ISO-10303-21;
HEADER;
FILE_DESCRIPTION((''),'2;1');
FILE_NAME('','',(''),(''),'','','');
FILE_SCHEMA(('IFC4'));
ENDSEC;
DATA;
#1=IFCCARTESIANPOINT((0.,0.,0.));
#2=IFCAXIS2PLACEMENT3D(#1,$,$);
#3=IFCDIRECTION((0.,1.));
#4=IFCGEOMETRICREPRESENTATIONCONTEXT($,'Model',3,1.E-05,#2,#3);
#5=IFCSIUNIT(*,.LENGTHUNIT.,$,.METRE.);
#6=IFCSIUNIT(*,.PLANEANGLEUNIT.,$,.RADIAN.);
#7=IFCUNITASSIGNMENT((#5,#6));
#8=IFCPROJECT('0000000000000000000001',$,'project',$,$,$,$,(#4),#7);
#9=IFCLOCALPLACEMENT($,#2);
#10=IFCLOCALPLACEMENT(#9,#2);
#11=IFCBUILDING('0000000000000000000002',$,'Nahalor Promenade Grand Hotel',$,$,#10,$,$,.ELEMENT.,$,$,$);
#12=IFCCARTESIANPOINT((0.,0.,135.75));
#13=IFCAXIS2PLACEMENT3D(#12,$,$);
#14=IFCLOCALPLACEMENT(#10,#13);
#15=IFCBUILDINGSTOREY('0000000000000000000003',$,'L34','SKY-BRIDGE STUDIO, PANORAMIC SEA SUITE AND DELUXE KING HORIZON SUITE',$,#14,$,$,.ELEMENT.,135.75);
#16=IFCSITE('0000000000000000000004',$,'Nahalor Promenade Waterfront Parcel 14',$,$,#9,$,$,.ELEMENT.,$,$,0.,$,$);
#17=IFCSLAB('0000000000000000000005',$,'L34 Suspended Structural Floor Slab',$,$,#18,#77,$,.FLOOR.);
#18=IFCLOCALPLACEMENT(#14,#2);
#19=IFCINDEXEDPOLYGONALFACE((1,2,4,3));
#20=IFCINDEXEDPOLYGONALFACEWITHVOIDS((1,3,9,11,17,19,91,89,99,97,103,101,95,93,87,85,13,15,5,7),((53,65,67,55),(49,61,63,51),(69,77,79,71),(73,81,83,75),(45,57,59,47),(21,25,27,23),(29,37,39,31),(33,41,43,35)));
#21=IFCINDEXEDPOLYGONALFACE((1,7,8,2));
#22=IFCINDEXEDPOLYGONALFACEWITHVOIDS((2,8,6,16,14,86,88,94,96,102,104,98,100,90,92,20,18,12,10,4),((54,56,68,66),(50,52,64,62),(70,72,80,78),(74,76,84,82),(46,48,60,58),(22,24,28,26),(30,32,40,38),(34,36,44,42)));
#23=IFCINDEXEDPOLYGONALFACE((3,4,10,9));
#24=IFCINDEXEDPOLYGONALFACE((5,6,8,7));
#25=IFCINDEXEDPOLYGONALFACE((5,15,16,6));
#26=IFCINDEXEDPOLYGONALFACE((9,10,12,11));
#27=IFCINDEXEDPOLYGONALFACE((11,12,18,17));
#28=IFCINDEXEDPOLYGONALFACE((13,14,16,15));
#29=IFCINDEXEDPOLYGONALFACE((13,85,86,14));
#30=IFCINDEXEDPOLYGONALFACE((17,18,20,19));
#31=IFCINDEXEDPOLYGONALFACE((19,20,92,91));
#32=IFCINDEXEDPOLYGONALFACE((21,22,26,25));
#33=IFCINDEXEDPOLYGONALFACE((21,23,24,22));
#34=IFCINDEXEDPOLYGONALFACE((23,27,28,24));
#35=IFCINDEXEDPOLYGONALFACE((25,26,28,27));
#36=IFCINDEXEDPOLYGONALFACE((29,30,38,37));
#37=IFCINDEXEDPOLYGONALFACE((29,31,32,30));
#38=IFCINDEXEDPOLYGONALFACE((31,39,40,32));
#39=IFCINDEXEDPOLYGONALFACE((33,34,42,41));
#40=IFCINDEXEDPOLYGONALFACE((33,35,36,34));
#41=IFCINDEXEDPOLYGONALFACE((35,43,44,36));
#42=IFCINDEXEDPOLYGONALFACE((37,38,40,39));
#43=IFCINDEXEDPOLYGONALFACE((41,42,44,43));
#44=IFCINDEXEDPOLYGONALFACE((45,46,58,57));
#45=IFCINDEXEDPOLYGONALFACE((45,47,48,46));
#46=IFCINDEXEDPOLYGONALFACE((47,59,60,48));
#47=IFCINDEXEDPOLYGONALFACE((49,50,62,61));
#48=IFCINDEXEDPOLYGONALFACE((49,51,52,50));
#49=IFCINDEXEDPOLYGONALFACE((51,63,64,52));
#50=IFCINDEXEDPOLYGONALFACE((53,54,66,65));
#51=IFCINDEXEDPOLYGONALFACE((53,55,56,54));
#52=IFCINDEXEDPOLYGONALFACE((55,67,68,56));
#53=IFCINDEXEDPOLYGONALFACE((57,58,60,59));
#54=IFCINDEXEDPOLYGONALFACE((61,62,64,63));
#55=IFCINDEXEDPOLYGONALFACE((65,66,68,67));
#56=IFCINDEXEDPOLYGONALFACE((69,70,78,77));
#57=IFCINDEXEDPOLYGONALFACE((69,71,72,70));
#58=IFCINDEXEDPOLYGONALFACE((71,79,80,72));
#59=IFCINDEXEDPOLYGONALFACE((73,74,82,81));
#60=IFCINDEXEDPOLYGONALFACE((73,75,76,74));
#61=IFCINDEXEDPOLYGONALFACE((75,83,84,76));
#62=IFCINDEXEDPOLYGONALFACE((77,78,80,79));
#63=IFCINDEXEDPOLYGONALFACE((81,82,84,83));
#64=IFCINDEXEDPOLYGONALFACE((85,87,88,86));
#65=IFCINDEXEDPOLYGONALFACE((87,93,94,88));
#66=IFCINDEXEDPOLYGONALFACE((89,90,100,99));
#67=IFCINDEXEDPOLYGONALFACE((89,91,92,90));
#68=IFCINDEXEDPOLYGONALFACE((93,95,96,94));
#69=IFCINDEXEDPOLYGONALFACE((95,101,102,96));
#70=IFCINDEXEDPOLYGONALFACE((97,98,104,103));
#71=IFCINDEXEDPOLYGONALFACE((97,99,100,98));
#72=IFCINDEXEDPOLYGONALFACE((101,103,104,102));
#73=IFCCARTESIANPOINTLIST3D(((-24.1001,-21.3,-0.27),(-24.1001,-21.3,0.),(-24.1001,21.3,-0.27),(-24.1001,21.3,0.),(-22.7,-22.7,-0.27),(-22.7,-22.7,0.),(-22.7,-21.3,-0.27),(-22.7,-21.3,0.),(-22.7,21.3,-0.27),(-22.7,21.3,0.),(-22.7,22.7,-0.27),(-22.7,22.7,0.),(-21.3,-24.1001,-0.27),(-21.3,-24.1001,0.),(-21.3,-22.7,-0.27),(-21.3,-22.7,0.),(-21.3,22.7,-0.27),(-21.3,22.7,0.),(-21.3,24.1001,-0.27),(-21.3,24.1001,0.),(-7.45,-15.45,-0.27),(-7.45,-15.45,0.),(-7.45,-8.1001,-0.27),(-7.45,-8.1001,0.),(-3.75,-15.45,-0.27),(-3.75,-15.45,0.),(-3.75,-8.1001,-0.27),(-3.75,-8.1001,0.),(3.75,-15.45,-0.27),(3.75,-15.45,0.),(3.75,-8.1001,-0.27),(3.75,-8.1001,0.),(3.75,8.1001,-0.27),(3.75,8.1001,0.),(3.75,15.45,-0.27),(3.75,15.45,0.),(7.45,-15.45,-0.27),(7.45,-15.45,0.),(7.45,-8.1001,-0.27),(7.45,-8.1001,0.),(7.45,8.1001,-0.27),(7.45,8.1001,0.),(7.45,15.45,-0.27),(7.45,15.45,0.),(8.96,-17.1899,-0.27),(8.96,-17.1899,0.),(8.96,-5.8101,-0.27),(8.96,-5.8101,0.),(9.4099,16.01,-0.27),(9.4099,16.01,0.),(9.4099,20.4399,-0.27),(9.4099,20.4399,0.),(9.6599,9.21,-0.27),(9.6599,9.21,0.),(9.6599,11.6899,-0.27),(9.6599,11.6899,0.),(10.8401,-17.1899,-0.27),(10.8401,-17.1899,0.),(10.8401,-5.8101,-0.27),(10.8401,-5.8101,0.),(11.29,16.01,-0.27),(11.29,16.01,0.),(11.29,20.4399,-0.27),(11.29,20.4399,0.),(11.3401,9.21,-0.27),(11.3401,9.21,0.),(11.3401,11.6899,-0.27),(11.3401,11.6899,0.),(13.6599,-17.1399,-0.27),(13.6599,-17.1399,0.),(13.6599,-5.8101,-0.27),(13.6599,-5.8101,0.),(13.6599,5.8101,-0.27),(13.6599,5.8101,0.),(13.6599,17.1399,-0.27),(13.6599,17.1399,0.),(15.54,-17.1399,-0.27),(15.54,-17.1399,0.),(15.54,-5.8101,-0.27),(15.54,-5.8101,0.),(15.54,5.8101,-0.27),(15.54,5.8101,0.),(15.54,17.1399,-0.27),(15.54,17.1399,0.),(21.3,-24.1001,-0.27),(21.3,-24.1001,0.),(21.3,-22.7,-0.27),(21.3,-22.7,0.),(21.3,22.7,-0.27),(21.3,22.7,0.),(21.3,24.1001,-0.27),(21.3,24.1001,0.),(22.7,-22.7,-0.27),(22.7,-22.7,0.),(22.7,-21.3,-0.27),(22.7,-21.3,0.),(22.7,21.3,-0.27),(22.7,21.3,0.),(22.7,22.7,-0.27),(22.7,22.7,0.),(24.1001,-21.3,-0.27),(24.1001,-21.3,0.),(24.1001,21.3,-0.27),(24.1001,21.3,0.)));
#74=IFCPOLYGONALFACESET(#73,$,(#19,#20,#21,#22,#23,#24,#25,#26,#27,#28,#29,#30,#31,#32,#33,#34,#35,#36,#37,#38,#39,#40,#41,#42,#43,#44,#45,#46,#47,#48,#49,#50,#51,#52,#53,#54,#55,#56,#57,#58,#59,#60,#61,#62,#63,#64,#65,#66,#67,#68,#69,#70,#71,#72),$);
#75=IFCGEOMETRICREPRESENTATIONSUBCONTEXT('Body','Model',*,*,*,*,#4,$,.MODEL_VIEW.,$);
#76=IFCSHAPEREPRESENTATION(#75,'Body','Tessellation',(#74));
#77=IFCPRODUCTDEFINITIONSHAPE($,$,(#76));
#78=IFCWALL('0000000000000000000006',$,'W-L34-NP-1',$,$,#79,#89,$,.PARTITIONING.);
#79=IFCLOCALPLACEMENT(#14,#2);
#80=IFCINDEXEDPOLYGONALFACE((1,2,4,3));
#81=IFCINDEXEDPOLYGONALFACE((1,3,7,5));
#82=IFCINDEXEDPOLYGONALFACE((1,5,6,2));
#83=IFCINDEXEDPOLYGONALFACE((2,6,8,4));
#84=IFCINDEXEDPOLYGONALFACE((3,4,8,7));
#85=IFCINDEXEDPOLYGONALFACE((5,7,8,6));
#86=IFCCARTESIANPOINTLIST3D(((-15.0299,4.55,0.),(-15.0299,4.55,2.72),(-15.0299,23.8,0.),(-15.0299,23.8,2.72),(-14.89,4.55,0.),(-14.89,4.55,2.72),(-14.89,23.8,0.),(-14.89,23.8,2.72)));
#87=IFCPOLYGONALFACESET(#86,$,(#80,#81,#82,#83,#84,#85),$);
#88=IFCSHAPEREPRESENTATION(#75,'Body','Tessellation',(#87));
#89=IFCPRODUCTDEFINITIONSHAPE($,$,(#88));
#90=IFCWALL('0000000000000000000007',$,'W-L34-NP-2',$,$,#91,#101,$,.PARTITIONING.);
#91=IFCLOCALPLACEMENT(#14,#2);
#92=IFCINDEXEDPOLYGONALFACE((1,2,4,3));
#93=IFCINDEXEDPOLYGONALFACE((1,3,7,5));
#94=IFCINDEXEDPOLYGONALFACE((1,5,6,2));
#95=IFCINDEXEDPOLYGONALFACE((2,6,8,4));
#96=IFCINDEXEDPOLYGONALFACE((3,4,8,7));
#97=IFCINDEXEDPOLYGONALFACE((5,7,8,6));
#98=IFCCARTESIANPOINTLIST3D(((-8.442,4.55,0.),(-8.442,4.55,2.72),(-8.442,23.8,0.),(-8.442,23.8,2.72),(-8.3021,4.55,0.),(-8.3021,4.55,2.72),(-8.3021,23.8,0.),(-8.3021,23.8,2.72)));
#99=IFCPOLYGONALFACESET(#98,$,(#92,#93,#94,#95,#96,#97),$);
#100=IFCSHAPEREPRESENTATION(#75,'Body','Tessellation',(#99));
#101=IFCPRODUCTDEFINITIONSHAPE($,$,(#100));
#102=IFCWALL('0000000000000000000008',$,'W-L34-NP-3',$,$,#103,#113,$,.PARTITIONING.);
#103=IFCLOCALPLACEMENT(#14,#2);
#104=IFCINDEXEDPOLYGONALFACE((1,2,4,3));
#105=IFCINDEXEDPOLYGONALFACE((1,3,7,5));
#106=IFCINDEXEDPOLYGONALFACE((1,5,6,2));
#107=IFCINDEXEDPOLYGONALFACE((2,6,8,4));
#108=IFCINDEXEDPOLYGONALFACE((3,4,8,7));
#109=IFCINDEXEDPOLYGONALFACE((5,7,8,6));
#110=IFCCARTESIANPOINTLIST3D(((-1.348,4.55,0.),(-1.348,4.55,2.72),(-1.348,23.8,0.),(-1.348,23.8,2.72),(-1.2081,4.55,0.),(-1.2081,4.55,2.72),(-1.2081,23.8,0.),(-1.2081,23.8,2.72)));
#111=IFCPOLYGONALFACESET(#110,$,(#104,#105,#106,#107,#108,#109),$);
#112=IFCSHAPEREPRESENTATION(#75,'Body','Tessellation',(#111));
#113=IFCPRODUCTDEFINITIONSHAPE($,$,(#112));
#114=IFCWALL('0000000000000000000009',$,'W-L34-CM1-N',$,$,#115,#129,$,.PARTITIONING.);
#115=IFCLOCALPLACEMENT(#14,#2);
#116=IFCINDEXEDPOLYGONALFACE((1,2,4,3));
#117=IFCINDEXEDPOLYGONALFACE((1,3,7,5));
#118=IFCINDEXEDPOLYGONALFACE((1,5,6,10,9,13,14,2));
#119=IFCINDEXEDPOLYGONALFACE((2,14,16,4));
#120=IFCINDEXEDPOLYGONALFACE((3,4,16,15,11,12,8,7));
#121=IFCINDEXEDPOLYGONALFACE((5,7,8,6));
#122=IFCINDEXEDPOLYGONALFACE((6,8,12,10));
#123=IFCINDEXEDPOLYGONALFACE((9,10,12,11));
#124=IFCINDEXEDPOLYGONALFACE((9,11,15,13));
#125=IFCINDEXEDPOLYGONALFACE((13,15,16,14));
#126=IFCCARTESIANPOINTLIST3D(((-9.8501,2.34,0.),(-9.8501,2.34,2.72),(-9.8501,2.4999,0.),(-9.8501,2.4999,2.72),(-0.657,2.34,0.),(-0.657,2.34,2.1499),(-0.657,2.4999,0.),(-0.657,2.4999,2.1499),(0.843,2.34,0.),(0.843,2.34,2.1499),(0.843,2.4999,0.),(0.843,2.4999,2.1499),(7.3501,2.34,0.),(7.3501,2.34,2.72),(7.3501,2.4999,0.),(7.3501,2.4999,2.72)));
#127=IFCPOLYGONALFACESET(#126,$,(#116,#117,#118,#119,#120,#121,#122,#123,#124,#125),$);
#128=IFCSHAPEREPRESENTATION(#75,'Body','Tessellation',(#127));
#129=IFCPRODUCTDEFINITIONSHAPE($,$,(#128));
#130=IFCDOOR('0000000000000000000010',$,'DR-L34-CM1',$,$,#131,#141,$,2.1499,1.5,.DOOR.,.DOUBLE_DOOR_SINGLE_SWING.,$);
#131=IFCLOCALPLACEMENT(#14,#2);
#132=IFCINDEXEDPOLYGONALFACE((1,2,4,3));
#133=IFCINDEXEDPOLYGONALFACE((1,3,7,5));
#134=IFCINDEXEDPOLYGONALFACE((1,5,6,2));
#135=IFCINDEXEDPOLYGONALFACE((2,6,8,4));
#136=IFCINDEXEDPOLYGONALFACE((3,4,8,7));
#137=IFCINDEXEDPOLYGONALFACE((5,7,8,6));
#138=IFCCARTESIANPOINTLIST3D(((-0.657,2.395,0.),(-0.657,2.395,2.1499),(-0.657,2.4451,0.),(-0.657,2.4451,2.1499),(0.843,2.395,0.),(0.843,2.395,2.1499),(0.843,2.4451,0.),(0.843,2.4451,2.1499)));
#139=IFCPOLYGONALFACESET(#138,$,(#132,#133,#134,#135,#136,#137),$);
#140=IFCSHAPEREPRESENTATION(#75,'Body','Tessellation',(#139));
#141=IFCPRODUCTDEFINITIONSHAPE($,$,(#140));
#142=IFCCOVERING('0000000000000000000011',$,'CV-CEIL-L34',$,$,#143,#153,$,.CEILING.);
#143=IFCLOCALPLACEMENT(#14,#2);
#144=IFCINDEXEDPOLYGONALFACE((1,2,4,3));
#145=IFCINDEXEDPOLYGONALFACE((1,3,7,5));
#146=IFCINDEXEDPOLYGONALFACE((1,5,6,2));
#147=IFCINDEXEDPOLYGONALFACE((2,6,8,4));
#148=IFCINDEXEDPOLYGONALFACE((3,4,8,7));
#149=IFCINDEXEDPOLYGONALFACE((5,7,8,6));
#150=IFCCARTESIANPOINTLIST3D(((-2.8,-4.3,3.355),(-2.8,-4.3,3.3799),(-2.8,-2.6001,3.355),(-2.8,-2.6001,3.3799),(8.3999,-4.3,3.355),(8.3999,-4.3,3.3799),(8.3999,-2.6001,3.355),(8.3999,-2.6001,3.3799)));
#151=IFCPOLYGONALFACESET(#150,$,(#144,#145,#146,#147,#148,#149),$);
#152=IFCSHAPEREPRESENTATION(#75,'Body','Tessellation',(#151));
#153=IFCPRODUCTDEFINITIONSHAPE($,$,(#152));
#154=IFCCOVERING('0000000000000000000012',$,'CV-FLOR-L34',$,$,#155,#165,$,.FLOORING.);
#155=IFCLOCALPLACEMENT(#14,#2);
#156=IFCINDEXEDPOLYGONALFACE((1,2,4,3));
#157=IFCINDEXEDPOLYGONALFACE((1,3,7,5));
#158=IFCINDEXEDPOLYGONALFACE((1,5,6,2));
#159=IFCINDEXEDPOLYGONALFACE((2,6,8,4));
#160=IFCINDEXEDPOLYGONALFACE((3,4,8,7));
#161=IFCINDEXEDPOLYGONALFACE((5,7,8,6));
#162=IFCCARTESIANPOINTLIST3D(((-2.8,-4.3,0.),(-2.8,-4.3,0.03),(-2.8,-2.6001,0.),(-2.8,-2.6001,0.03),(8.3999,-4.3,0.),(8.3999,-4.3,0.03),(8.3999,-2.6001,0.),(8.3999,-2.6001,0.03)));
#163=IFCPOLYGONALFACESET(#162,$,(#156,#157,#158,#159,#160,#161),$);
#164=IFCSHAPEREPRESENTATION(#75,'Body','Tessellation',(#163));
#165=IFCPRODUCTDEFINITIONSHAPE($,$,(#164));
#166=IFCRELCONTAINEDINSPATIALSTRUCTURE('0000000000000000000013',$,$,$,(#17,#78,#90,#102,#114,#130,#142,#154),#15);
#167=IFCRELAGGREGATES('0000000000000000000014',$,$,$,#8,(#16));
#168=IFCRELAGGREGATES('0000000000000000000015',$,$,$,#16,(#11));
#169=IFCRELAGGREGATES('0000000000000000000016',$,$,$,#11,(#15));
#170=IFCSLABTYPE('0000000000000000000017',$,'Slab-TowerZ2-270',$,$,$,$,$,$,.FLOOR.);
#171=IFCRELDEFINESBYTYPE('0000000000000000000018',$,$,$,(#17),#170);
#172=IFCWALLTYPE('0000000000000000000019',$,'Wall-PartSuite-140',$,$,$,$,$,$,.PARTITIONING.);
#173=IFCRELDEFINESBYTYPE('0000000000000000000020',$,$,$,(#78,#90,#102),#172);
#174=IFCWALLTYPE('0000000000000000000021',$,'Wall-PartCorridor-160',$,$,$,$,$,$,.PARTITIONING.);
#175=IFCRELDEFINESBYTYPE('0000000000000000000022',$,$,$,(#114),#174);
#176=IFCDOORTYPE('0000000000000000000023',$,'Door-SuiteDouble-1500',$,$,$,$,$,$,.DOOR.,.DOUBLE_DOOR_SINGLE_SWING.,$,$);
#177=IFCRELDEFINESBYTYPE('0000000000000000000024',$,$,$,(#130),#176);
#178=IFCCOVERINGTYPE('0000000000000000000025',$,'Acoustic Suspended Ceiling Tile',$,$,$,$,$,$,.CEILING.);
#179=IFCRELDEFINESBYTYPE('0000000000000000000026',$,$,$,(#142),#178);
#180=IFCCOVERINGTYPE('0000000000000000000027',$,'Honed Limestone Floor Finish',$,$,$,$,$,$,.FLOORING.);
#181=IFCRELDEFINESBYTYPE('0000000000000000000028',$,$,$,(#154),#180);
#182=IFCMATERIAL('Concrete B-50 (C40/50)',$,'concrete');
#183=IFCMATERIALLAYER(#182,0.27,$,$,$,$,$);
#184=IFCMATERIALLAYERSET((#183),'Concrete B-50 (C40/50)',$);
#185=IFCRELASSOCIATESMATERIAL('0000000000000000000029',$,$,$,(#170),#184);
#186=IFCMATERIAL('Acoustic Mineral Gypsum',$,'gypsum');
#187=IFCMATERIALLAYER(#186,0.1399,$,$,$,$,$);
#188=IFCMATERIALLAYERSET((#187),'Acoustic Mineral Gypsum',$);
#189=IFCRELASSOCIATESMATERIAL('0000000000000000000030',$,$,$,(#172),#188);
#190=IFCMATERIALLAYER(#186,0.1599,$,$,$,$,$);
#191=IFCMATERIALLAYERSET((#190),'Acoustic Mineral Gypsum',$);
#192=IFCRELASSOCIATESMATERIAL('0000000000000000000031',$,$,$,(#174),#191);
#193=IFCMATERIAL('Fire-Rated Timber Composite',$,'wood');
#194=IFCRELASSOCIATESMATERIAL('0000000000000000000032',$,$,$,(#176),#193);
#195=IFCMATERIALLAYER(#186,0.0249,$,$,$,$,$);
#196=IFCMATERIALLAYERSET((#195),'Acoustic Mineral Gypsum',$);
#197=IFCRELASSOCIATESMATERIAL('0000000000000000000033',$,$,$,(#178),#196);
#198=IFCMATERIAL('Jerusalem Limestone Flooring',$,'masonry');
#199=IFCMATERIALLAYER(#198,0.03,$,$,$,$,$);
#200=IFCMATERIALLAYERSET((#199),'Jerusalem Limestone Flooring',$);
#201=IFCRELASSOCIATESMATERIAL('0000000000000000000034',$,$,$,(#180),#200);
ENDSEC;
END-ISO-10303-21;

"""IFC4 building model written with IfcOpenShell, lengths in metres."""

from ifc_helpers import new_model, si_unit, direction, frame, frame_2d, origin, place, context, subcontext, project, spatial, polyline, rectangle, outline, extrude, source, transform, mapped, material, layer, layer_set, type_object, element, fill, save


model = new_model("IFC4")

# Units and contexts
model_context = context("Model", 3, precision=1e-05, world=origin(), true_north=direction((0.0, 1.0)))
body_context = subcontext(model_context, "Body", "Model", "MODEL_VIEW")
ifc_project = project(units=[si_unit("LENGTHUNIT", "METRE"), si_unit("PLANEANGLEUNIT", "RADIAN")], contexts=[model_context])

# Site, building, storey
site_placement = place(None, origin())
site = spatial("IfcSite", under=ifc_project, at=site_placement, Name="Nahalor Promenade Waterfront Parcel 14", CompositionType="ELEMENT", RefElevation=0.0)
building_placement = place(site_placement, origin())
building = spatial("IfcBuilding", under=site, at=building_placement, Name="Nahalor Promenade Grand Hotel", CompositionType="ELEMENT")
storey_placement = place(building_placement, frame((0.0, 0.0, 135.75)))
storey = spatial("IfcBuildingStorey", under=building, at=storey_placement, Name="L34", Description="SKY-BRIDGE STUDIO, PANORAMIC SEA SUITE AND DELUXE KING HORIZON SUITE", CompositionType="ELEMENT", Elevation=135.75)

# Shared definitions
ifc_material_1 = material(Name="Concrete B-50 (C40/50)", Category="concrete")

# Slab
ifc_layer_1 = layer(ifc_material_1, 0.27)
ifc_layer_set_1 = layer_set([ifc_layer_1], Name="Concrete B-50 (C40/50)")
slab_type_1 = type_object("IfcSlabType", Name="Slab-TowerZ2-270", PredefinedType="FLOOR", material=ifc_layer_set_1)
slab_1_placement = place(storey_placement, frame((0.0, 0.0, -0.27)))
element("IfcSlab", 1, at=slab_1_placement, inside=storey, type_object=slab_type_1, Name="L34 Suspended Structural Floor Slab", PredefinedType="FLOOR", context=body_context, shape_type="SweptSolid", body=[
    extrude(outline(polyline([(-21.3, -24.1001), (21.3, -24.1001), (21.3, -22.7), (22.7, -22.7), (22.7, -21.3), (24.1001, -21.3), (24.1001, 21.3), (22.7, 21.3), (22.7, 22.7), (21.3, 22.7), (21.3, 24.1001), (-21.3, 24.1001), (-21.3, 22.7), (-22.7, 22.7), (-22.7, 21.3), (-24.1001, 21.3), (-24.1001, -21.3), (-22.7, -21.3), (-22.7, -22.7), (-21.3, -22.7), (-21.3, -24.1001)]), holes=[polyline([(3.75, 8.1001), (7.45, 8.1001), (7.45, 15.45), (3.75, 15.45), (3.75, 8.1001)]), polyline([(3.75, -15.45), (7.45, -15.45), (7.45, -8.1001), (3.75, -8.1001), (3.75, -15.45)]), polyline([(-7.45, -15.45), (-3.75, -15.45), (-3.75, -8.1001), (-7.45, -8.1001), (-7.45, -15.45)]), polyline([(13.6599, 5.8101), (15.54, 5.8101), (15.54, 17.1399), (13.6599, 17.1399), (13.6599, 5.8101)]), polyline([(13.6599, -17.1399), (15.54, -17.1399), (15.54, -5.8101), (13.6599, -5.8101), (13.6599, -17.1399)]), polyline([(8.96, -17.1899), (10.8401, -17.1899), (10.8401, -5.8101), (8.96, -5.8101), (8.96, -17.1899)]), polyline([(9.4099, 16.01), (11.29, 16.01), (11.29, 20.4399), (9.4099, 20.4399), (9.4099, 16.01)]), polyline([(9.6599, 9.21), (11.3401, 9.21), (11.3401, 11.6899), (9.6599, 11.6899), (9.6599, 9.21)])]), origin(), (0.0, 0.0, 1.0), 0.27),
])

# Walls
ifc_material_2 = material(Name="Acoustic Mineral Gypsum", Category="gypsum")
ifc_layer_2 = layer(ifc_material_2, 0.1399)
ifc_layer_set_2 = layer_set([ifc_layer_2], Name="Acoustic Mineral Gypsum")
wall_type_1 = type_object("IfcWallType", Name="Wall-PartSuite-140", PredefinedType="PARTITIONING", material=ifc_layer_set_2)
shared_shape_1 = source(origin(), body_context, "Body", "SweptSolid", [
    extrude(rectangle(XDim=19.25, YDim=0.1399, at=frame_2d((9.625, 0.0))), origin(), (0.0, 0.0, 1.0), 2.72),
])
for number, where, z_axis, x_axis, name in (
    (2, (-14.96, 4.55, 0.0), (0.0, 0.0, 1.0), (0.0, 1.0, 0.0), "W-L34-NP-1"),
    (3, (-8.3721, 4.55, 0.0), (0.0, 0.0, 1.0), (0.0, 1.0, 0.0), "W-L34-NP-2"),
    (4, (-1.2781, 4.55, 0.0), (0.0, 0.0, 1.0), (0.0, 1.0, 0.0), "W-L34-NP-3"),
):
    element("IfcWall", number, at=place(storey_placement, frame(where, z_axis=z_axis, x_axis=x_axis)), inside=storey, type_object=wall_type_1, Name=name, PredefinedType="PARTITIONING", context=body_context, shape_type="MappedRepresentation", body=[
        mapped(shared_shape_1, transform((0.0, 0.0, 0.0), scale=1.0)),
    ])

# Wall, opening, door
ifc_layer_3 = layer(ifc_material_2, 0.1599)
ifc_layer_set_3 = layer_set([ifc_layer_3], Name="Acoustic Mineral Gypsum")
wall_type_2 = type_object("IfcWallType", Name="Wall-PartCorridor-160", PredefinedType="PARTITIONING", material=ifc_layer_set_3)
shared_shape_2 = source(origin(), body_context, "Body", "SweptSolid", [
    extrude(rectangle(XDim=17.2002, YDim=0.1599, at=frame_2d((8.6001, 0.0))), origin(), (0.0, 0.0, 1.0), 2.72),
])
wall_placement = place(storey_placement, frame((-9.8501, 2.4199, 0.0), z_axis=(0.0, 0.0, 1.0), x_axis=(1.0, 0.0, 0.0)))
wall = element("IfcWall", 5, at=wall_placement, inside=storey, type_object=wall_type_2, Name="W-L34-CM1-N", PredefinedType="PARTITIONING", context=body_context, shape_type="MappedRepresentation", body=[
    mapped(shared_shape_2, transform((0.0, 0.0, 0.0), scale=1.0)),
])
opening_placement = place(wall_placement, frame((9.1931, 0.0, 0.0)))
opening = element("IfcOpeningElement", 6, at=opening_placement, cuts=wall, PredefinedType="OPENING", context=body_context, shape_type="SweptSolid", body=[
    extrude(rectangle(XDim=1.5, YDim=2.1499, at=frame_2d((0.75, 1.075))), frame((0.0, 0.0898, 0.0), z_axis=(0.0, -1.0, 0.0), x_axis=(1.0, 0.0, 0.0)), (0.0, 0.0, 1.0), 0.1799),
])
ifc_material_3 = material(Name="Fire-Rated Timber Composite", Category="wood")
door_type = type_object("IfcDoorType", Name="Door-SuiteDouble-1500", OperationType="DOUBLE_DOOR_SINGLE_SWING", PredefinedType="DOOR", material=ifc_material_3)
shared_shape_3 = source(origin(), body_context, "Body", "SweptSolid", [
    extrude(rectangle(XDim=1.5, YDim=2.1499, at=frame_2d((0.75, 1.075))), frame((0.0, 0.0249, 0.0), z_axis=(0.0, -1.0, 0.0), x_axis=(1.0, 0.0, 0.0)), (0.0, 0.0, 1.0), 0.05),
])
door_placement = place(opening_placement, frame((1.5, 0.0, 0.0), z_axis=(0.0, 0.0, 1.0), x_axis=(-1.0, 0.0, 0.0)))
door = element("IfcDoor", 7, at=door_placement, inside=storey, type_object=door_type, Name="DR-L34-CM1", OperationType="DOUBLE_DOOR_SINGLE_SWING", OverallHeight=2.1499, OverallWidth=1.5, PredefinedType="DOOR", context=body_context, shape_type="MappedRepresentation", body=[
    mapped(shared_shape_3, transform((0.0, 0.0, 0.0), scale=1.0)),
])
fill(opening, door)

# Coverings
ifc_layer_4 = layer(ifc_material_2, 0.0249)
ifc_layer_set_4 = layer_set([ifc_layer_4], Name="Acoustic Mineral Gypsum")
covering_type_1 = type_object("IfcCoveringType", Name="Acoustic Suspended Ceiling Tile", PredefinedType="CEILING", material=ifc_layer_set_4)
covering_1_placement = place(storey_placement, frame((0.0, 0.0, 3.355)))
element("IfcCovering", 8, at=covering_1_placement, inside=storey, type_object=covering_type_1, Name="CV-CEIL-L34", PredefinedType="CEILING", context=body_context, shape_type="SweptSolid", body=[
    extrude(outline(polyline([(-2.8, -4.3), (8.3999, -4.3), (8.3999, -2.6001), (-2.8, -2.6001), (-2.8, -4.3)])), origin(), (0.0, 0.0, 1.0), 0.0249),
])
ifc_material_4 = material(Name="Jerusalem Limestone Flooring", Category="masonry")
ifc_layer_5 = layer(ifc_material_4, 0.03)
ifc_layer_set_5 = layer_set([ifc_layer_5], Name="Jerusalem Limestone Flooring")
covering_type_2 = type_object("IfcCoveringType", Name="Honed Limestone Floor Finish", PredefinedType="FLOORING", material=ifc_layer_set_5)
covering_2_placement = place(storey_placement, origin())
element("IfcCovering", 9, at=covering_2_placement, inside=storey, type_object=covering_type_2, Name="CV-FLOR-L34", PredefinedType="FLOORING", context=body_context, shape_type="SweptSolid", body=[
    extrude(outline(polyline([(-2.8, -4.3), (8.3999, -4.3), (8.3999, -2.6001), (-2.8, -2.6001), (-2.8, -4.3)])), origin(), (0.0, 0.0, 1.0), 0.03),
])

save(model, "model.ifc")
